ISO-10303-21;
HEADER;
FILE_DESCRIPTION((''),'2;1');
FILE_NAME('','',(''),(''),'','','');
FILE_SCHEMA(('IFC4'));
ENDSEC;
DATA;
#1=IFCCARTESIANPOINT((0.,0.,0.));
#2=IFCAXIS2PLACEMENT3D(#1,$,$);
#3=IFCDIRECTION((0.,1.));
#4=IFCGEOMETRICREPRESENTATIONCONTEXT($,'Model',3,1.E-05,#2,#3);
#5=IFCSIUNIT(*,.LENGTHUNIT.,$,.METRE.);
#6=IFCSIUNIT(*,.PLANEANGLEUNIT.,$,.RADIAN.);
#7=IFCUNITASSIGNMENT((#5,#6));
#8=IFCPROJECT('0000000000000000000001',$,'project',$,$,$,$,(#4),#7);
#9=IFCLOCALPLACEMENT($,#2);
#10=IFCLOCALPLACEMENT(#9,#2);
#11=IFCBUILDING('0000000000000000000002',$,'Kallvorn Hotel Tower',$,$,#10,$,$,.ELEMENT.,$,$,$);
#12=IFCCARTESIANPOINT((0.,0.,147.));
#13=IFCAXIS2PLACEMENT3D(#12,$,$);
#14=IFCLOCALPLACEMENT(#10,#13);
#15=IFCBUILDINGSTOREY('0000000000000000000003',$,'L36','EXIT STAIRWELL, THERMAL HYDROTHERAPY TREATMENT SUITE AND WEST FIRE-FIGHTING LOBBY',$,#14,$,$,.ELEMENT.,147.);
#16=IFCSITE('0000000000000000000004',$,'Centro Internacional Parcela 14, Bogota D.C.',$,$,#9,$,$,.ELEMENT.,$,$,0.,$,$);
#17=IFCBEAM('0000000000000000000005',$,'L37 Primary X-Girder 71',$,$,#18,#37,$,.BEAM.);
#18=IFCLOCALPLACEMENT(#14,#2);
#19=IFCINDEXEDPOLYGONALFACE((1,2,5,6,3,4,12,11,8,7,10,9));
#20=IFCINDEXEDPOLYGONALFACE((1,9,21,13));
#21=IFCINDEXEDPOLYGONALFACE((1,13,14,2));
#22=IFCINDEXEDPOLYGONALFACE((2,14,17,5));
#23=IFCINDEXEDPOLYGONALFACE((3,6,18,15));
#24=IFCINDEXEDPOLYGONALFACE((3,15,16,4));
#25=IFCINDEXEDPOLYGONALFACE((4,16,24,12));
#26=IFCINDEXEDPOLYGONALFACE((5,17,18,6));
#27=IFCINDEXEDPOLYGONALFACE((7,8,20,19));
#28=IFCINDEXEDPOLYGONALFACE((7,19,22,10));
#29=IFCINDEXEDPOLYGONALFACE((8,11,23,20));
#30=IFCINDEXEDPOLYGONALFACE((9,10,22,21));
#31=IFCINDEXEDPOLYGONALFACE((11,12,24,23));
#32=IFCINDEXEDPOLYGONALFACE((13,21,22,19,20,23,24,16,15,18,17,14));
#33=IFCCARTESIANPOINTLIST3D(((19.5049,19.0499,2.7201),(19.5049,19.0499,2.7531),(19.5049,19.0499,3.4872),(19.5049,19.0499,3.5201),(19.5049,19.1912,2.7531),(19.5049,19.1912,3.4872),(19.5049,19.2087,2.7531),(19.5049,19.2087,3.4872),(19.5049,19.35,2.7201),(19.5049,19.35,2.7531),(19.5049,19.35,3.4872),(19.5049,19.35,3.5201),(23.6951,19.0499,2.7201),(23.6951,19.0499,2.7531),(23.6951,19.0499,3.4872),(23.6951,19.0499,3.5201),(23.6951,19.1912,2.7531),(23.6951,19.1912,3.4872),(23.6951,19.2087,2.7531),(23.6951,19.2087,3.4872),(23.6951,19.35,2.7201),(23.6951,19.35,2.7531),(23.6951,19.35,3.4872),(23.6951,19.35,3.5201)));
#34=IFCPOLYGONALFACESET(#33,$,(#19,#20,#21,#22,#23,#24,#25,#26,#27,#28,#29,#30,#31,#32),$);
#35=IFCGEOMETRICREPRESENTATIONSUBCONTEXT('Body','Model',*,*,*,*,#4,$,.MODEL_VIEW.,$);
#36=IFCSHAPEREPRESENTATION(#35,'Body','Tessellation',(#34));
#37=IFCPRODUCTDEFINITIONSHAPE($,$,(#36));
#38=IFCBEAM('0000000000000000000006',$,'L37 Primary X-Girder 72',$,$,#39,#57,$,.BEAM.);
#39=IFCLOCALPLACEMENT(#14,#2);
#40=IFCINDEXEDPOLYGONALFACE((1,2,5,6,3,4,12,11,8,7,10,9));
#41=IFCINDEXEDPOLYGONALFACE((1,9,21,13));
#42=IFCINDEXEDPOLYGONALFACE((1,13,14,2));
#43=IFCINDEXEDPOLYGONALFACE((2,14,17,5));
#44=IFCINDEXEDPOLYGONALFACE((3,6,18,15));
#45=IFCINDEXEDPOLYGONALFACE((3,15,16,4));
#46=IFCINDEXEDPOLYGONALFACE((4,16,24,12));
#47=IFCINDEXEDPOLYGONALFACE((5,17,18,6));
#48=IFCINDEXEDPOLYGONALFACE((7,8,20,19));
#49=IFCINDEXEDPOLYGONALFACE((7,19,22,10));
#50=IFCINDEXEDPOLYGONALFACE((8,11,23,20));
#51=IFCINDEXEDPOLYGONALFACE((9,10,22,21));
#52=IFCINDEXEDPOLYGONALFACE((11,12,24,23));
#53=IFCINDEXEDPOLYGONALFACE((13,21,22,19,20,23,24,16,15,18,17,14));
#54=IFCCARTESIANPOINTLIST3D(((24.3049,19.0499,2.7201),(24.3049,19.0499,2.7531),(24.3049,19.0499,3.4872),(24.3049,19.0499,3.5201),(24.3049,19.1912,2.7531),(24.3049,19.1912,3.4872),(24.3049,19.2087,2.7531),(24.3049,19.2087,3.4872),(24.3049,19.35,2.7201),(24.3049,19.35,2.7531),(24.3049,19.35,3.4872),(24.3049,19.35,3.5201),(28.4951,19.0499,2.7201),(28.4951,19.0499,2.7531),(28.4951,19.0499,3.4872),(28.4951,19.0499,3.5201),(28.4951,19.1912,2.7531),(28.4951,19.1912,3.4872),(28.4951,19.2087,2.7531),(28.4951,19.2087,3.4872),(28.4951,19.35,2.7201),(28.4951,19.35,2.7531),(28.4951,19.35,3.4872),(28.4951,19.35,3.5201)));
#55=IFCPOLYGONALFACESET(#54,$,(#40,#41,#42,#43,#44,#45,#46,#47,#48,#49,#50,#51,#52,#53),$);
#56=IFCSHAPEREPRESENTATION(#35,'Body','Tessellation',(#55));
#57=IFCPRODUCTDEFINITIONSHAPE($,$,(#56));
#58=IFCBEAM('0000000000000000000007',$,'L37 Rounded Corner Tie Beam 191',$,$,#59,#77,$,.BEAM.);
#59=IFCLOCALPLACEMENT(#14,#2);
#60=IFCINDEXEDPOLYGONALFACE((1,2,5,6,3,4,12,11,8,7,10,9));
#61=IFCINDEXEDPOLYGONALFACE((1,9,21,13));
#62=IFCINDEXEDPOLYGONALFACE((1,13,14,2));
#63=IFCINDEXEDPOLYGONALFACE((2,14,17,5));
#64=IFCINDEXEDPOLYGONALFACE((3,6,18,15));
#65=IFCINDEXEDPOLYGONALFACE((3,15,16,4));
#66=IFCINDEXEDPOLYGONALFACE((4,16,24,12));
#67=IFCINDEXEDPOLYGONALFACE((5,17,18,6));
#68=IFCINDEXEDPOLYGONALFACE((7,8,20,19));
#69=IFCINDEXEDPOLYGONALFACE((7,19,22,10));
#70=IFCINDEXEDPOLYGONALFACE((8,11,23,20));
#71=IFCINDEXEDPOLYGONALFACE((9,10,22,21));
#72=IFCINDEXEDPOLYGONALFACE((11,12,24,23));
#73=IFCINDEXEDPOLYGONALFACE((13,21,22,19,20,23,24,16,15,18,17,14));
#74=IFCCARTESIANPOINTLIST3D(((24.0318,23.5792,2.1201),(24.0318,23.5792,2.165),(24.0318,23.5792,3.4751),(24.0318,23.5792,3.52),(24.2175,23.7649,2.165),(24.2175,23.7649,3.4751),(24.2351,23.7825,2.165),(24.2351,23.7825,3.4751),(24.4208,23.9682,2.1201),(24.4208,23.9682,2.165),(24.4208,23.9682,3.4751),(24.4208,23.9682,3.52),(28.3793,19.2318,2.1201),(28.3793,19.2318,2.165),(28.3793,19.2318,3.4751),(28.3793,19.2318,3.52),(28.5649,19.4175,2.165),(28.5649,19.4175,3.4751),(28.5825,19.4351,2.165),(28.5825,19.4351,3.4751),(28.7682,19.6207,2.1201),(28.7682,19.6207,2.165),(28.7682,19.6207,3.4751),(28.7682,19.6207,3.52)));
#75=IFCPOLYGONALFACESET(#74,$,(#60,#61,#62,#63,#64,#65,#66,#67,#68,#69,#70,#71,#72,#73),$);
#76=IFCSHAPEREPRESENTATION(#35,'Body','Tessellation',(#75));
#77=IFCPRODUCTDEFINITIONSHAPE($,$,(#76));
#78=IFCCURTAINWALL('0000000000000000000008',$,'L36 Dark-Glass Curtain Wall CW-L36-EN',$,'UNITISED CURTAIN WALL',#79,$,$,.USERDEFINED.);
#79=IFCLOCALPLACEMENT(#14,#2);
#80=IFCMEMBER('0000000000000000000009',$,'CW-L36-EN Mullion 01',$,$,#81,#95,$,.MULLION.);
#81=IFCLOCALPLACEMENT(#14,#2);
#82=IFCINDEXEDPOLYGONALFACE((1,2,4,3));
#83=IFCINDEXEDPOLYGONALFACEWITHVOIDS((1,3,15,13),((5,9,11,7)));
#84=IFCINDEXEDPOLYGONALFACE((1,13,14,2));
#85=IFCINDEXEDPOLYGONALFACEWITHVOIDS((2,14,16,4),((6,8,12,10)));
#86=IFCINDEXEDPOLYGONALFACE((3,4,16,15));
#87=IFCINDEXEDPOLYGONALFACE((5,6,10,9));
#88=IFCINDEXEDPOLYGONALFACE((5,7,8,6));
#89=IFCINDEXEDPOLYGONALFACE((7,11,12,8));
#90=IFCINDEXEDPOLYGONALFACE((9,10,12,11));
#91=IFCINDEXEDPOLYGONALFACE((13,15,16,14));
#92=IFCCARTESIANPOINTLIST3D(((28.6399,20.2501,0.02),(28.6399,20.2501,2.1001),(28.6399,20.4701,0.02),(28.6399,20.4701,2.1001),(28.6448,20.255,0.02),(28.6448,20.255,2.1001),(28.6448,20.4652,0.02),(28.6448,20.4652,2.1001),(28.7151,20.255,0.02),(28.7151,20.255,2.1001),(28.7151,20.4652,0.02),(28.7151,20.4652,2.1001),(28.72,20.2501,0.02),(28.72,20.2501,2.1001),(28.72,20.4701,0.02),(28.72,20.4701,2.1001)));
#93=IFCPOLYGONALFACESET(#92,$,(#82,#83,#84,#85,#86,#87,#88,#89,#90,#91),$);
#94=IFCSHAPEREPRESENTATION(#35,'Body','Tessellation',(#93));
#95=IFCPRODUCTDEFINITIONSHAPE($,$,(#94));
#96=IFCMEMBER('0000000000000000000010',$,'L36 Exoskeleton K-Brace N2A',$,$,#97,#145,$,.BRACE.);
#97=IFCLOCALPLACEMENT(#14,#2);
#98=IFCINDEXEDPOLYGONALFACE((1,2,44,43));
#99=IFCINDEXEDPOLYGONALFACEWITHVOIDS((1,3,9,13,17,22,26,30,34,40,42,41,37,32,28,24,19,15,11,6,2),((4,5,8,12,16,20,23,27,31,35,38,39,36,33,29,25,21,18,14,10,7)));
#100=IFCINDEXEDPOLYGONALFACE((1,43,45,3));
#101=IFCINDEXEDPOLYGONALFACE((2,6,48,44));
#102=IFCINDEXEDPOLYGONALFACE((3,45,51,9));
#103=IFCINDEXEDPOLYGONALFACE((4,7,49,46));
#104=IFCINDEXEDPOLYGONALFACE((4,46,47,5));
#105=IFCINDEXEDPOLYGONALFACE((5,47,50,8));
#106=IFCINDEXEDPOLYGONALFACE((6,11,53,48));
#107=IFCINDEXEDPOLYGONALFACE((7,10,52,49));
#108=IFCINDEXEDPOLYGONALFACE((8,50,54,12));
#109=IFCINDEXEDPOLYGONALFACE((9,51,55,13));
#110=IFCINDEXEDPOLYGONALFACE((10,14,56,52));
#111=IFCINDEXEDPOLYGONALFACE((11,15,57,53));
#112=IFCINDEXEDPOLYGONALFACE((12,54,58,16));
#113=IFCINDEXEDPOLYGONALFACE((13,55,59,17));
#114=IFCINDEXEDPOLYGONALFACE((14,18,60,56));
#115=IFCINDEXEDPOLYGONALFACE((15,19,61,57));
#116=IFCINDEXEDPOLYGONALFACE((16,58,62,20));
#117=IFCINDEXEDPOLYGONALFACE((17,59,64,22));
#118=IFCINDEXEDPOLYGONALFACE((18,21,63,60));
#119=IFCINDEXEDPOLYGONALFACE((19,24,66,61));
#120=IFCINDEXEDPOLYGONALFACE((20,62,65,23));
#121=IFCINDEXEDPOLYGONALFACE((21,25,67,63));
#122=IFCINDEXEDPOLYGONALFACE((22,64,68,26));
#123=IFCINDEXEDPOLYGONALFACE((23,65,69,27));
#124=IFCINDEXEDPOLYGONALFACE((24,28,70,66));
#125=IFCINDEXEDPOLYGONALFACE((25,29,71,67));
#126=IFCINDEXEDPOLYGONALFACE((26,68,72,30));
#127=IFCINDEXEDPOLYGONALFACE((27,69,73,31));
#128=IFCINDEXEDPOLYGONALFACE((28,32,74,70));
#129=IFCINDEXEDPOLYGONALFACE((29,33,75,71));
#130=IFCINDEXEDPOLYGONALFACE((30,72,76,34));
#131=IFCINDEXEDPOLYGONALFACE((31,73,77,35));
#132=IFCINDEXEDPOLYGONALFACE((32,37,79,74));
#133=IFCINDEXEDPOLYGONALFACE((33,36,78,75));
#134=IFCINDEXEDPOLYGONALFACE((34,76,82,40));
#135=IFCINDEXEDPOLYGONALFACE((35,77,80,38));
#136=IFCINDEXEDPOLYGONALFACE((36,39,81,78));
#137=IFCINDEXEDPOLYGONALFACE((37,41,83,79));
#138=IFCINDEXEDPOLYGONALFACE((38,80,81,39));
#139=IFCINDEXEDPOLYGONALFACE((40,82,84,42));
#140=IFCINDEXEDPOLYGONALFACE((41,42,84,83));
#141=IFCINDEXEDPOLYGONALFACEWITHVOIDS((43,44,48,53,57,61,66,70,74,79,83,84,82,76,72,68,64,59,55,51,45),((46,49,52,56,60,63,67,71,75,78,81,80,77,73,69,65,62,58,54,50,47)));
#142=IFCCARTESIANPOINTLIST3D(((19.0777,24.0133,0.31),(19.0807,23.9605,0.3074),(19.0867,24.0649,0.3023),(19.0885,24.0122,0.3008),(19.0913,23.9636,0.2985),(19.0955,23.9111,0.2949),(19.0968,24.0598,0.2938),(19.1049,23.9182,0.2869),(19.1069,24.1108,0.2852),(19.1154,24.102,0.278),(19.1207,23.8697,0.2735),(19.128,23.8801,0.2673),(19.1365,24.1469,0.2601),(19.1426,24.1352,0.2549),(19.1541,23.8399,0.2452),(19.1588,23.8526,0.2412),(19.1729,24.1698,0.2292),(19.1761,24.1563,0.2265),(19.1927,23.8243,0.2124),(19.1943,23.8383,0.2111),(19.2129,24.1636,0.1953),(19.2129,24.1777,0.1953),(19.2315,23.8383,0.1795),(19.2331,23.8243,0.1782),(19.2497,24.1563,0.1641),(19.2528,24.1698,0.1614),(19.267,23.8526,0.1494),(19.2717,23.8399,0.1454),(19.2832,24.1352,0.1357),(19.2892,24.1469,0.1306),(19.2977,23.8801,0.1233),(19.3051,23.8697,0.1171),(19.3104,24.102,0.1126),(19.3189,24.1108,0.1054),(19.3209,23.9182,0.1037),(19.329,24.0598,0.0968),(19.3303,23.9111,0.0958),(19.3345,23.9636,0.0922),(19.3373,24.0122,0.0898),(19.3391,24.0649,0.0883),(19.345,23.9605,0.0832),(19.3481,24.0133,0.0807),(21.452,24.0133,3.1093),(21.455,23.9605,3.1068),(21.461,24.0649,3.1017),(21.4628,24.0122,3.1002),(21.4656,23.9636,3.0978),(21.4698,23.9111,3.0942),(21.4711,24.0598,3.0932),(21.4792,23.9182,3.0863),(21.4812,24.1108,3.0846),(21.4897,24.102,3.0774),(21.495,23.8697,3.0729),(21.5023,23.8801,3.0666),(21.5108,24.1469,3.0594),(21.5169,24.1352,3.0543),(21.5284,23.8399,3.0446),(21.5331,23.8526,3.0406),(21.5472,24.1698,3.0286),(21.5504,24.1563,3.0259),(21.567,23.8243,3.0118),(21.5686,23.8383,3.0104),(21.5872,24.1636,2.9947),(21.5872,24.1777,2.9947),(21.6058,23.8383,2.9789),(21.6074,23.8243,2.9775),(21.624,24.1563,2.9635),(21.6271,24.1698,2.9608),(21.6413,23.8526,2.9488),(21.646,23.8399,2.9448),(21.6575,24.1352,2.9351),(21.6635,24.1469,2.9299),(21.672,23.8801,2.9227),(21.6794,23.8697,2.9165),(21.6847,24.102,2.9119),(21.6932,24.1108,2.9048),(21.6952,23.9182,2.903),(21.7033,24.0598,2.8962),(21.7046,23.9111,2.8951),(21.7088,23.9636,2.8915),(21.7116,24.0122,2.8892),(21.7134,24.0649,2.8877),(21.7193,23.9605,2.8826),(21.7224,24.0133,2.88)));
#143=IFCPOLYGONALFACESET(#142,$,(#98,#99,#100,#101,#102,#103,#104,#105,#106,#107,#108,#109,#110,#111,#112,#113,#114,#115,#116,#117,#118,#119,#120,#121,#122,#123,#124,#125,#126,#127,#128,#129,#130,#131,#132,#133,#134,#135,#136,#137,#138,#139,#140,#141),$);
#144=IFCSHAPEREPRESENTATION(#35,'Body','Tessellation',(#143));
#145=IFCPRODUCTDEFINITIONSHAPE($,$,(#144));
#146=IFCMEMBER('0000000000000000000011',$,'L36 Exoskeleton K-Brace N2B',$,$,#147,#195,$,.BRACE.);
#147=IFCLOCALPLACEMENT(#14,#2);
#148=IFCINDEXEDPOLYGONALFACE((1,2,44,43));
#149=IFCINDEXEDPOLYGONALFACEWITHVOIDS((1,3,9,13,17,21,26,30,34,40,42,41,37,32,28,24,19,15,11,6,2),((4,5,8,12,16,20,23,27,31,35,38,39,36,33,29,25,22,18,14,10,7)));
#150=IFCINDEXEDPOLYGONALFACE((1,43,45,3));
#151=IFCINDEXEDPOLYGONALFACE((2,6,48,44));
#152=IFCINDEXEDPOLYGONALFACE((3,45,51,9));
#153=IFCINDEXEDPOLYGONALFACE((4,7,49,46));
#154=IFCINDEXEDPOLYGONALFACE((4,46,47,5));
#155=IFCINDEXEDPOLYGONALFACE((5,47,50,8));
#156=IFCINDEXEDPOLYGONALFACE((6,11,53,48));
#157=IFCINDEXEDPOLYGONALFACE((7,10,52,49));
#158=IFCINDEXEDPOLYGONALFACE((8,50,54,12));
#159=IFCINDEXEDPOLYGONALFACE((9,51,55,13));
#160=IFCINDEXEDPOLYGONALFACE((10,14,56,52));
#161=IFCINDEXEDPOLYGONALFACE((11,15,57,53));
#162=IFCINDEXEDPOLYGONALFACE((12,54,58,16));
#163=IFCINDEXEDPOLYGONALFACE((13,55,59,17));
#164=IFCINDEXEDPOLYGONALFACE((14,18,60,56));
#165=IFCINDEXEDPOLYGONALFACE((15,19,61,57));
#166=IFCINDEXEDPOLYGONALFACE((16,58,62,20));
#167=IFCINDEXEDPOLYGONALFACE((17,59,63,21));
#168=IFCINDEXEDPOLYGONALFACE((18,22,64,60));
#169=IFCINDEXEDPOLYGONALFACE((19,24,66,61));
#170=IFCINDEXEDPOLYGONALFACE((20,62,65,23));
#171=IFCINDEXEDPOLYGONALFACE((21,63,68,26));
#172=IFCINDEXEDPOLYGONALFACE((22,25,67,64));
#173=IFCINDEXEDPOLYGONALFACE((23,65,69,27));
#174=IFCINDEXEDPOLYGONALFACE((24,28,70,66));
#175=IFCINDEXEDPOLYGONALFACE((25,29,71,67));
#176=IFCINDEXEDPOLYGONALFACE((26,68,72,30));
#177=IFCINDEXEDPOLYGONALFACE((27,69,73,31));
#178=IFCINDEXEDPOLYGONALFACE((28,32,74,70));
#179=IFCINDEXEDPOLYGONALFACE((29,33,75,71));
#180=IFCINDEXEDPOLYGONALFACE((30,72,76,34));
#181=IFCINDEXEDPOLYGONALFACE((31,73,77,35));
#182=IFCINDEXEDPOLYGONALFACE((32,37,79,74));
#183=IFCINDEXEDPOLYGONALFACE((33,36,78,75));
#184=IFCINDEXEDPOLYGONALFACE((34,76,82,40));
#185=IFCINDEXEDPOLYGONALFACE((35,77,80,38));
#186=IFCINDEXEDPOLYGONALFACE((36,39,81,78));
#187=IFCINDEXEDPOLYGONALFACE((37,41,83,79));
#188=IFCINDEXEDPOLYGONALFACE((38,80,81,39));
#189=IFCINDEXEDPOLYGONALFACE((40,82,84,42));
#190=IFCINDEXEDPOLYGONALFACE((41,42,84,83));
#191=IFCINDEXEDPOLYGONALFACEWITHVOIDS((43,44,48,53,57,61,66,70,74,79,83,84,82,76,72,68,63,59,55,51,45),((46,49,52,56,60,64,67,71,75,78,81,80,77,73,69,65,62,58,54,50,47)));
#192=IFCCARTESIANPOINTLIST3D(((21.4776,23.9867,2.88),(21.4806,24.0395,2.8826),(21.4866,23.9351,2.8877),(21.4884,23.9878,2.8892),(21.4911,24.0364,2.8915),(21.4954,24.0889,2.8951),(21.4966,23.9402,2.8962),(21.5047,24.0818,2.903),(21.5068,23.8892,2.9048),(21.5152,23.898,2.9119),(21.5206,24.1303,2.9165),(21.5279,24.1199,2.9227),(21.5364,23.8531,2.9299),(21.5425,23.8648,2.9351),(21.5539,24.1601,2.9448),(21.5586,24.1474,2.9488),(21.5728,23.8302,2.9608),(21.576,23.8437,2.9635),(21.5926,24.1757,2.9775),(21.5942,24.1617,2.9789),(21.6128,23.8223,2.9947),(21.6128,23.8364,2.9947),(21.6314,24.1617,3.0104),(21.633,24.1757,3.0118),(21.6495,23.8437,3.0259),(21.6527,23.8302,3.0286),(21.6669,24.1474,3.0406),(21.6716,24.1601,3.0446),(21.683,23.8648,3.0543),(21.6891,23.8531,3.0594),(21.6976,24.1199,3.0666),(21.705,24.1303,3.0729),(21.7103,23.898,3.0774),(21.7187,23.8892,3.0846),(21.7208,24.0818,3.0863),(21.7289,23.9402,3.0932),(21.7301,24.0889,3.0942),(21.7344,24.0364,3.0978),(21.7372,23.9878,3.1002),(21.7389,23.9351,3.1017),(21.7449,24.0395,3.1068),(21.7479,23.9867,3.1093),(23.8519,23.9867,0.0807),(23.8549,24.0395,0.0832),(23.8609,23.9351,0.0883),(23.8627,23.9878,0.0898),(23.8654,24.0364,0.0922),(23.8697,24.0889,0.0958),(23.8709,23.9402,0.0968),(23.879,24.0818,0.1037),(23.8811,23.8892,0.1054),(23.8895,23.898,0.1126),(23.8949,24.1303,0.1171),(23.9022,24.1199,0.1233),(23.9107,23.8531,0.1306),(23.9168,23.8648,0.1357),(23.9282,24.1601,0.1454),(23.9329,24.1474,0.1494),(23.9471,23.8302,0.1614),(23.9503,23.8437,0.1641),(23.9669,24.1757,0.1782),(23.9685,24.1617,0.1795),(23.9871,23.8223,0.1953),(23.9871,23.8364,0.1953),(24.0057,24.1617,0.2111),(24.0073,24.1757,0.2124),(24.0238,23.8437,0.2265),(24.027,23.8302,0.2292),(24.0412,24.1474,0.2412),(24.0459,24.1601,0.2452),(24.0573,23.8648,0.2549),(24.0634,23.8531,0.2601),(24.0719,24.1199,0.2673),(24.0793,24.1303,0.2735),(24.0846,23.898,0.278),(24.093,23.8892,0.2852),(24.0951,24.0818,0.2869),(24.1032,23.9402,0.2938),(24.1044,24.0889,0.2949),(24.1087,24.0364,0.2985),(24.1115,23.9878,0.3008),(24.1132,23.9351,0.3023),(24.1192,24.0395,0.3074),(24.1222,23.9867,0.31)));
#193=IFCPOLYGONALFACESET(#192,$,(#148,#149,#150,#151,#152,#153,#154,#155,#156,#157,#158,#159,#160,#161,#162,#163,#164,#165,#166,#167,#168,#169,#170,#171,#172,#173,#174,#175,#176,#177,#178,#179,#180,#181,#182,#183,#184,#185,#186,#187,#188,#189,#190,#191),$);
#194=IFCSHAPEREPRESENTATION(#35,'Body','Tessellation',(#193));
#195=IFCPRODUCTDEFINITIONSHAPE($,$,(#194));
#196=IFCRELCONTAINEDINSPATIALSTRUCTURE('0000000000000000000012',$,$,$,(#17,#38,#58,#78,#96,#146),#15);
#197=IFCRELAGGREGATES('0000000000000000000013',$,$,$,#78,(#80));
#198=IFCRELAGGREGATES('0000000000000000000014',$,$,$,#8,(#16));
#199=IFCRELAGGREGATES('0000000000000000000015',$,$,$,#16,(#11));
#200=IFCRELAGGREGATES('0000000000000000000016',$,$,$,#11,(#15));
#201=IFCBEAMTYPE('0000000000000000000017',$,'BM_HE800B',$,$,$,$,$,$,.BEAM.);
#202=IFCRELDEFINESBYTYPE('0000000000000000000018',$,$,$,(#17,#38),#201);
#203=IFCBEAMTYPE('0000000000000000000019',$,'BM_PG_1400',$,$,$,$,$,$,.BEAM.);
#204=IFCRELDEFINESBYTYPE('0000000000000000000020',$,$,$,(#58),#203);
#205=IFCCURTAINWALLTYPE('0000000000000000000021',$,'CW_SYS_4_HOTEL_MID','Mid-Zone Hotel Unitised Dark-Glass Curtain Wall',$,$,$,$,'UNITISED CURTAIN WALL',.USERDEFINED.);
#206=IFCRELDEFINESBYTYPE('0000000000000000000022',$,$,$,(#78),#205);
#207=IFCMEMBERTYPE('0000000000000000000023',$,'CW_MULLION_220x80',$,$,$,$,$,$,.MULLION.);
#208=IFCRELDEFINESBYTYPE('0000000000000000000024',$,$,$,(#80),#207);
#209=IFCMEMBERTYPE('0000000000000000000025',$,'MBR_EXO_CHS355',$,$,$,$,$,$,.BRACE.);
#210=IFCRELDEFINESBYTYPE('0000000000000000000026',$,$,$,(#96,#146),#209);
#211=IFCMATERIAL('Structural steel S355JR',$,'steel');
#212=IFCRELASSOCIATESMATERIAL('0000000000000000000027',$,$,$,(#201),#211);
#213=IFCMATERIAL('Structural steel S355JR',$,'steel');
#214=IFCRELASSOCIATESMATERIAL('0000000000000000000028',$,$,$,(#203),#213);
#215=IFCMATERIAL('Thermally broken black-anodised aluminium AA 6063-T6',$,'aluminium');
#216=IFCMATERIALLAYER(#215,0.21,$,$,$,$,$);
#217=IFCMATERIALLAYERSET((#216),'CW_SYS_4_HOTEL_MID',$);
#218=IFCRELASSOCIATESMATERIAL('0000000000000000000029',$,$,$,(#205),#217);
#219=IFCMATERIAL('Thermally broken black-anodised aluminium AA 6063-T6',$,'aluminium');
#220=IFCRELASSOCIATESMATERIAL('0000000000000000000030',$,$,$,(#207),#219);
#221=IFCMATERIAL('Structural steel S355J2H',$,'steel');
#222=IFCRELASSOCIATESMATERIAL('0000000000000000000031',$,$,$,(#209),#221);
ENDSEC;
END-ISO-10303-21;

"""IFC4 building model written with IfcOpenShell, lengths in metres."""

from ifc_helpers import new_model, si_unit, direction, frame, origin, origin_2d, place, context, subcontext, project, spatial, hollow_rectangle, hollow_circle, i_section, extrude, material, layer, layer_set, material_profile, profile_set, type_object, element, aggregate, save


model = new_model("IFC4")

# Units and contexts
model_context = context("Model", 3, precision=1e-05, world=origin(), true_north=direction((0.0, 1.0)))
body_context = subcontext(model_context, "Body", "Model", "MODEL_VIEW")
ifc_project = project(units=[si_unit("LENGTHUNIT", "METRE"), si_unit("PLANEANGLEUNIT", "RADIAN")], contexts=[model_context])

# Site, building, storey
site_placement = place(None, origin())
site = spatial("IfcSite", under=ifc_project, at=site_placement, Name="Centro Internacional Parcela 14, Bogota D.C.", CompositionType="ELEMENT", RefElevation=0.0)
building_placement = place(site_placement, origin())
building = spatial("IfcBuilding", under=site, at=building_placement, Name="Kallvorn Hotel Tower", CompositionType="ELEMENT")
storey_placement = place(building_placement, frame((0.0, 0.0, 147.0)))
storey = spatial("IfcBuildingStorey", under=building, at=storey_placement, Name="L36", Description="EXIT STAIRWELL, THERMAL HYDROTHERAPY TREATMENT SUITE AND WEST FIRE-FIGHTING LOBBY", CompositionType="ELEMENT", Elevation=147.0)

# Beams
ifc_material_1 = material(Name="Structural steel S355JR", Category="steel")
ifc_material_profile_1 = material_profile(ifc_material_1, i_section(OverallWidth=0.3, OverallDepth=0.8, WebThickness=0.0176, FlangeThickness=0.033, at=origin_2d()), Name="HE 800 B")
ifc_profile_set_1 = profile_set([ifc_material_profile_1], Name="Structural steel S355JR")
beam_type_1 = type_object("IfcBeamType", Name="BM_HE800B", PredefinedType="BEAM", material=ifc_profile_set_1)
for number, where, z_axis, x_axis, name in (
    (1, (19.5049, 19.2, 3.1201), (1.0, 0.0, 0.0), (0.0, 1.0, 0.0), "L37 Primary X-Girder 71"),
    (2, (24.3049, 19.2, 3.1201), (1.0, 0.0, 0.0), (0.0, 1.0, 0.0), "L37 Primary X-Girder 72"),
):
    element("IfcBeam", number, at=place(storey_placement, frame(where, z_axis=z_axis, x_axis=x_axis)), inside=storey, type_object=beam_type_1, Name=name, PredefinedType="BEAM", context=body_context, shape_type="SweptSolid", body=[
        extrude(i_section(OverallWidth=0.3, OverallDepth=0.8, WebThickness=0.0176, FlangeThickness=0.033, at=origin_2d()), origin(), (0.0, 0.0, 1.0), 4.1902),
    ])
ifc_material_2 = material(Name="Structural steel S355JR", Category="steel")
ifc_material_profile_2 = material_profile(ifc_material_2, i_section(OverallWidth=0.55, OverallDepth=1.3999, WebThickness=0.0249, FlangeThickness=0.0449, at=origin_2d()), Name="PG 1400x550x25x45")
ifc_profile_set_2 = profile_set([ifc_material_profile_2], Name="Structural steel S355JR")
beam_type_2 = type_object("IfcBeamType", Name="BM_PG_1400", PredefinedType="BEAM", material=ifc_profile_set_2)
beam_1_placement = place(storey_placement, frame((28.5737, 19.4263, 2.8201), z_axis=(-0.707107, 0.707107, 0.0), x_axis=(-0.707107, -0.707107, 0.0)))
element("IfcBeam", 3, at=beam_1_placement, inside=storey, type_object=beam_type_2, Name="L37 Rounded Corner Tie Beam 191", PredefinedType="BEAM", context=body_context, shape_type="SweptSolid", body=[
    extrude(i_section(OverallWidth=0.55, OverallDepth=1.3999, WebThickness=0.0249, FlangeThickness=0.0449, at=origin_2d()), origin(), (0.0, 0.0, 1.0), 6.1482),
])

# Curtain wall, member
ifc_material_3 = material(Name="Thermally broken black-anodised aluminium AA 6063-T6", Category="aluminium")
ifc_layer_1 = layer(ifc_material_3, 0.21)
ifc_layer_set_1 = layer_set([ifc_layer_1], Name="CW_SYS_4_HOTEL_MID")
curtain_wall_type = type_object("IfcCurtainWallType", Name="CW_SYS_4_HOTEL_MID", Description="Mid-Zone Hotel Unitised Dark-Glass Curtain Wall", ElementType="UNITISED CURTAIN WALL", PredefinedType="USERDEFINED", material=ifc_layer_set_1)
curtain_wall_placement = place(storey_placement, origin())
curtain_wall = element("IfcCurtainWall", 4, at=curtain_wall_placement, inside=storey, type_object=curtain_wall_type, Name="L36 Dark-Glass Curtain Wall CW-L36-EN", ObjectType="UNITISED CURTAIN WALL", PredefinedType="USERDEFINED")
ifc_material_4 = material(Name="Thermally broken black-anodised aluminium AA 6063-T6", Category="aluminium")
ifc_material_profile_3 = material_profile(ifc_material_4, hollow_rectangle(XDim=0.0801, YDim=0.22, WallThickness=0.0049, at=origin_2d()), Name="MUL 220x80")
ifc_profile_set_3 = profile_set([ifc_material_profile_3], Name="Thermally broken black-anodised aluminium AA 6063-T6")
member_type_1 = type_object("IfcMemberType", Name="CW_MULLION_220x80", PredefinedType="MULLION", material=ifc_profile_set_3)
member_placement = place(storey_placement, frame((28.6799, 20.3601, 0.02), z_axis=(0.0, 0.0, 1.0), x_axis=(1.0, 0.0, 0.0)))
member = element("IfcMember", 5, at=member_placement, type_object=member_type_1, Name="CW-L36-EN Mullion 01", PredefinedType="MULLION", context=body_context, shape_type="SweptSolid", body=[
    extrude(hollow_rectangle(XDim=0.0801, YDim=0.22, WallThickness=0.0049, at=origin_2d()), origin(), (0.0, 0.0, 1.0), 2.0801),
])
aggregate(curtain_wall, [member])

# Members
ifc_material_5 = material(Name="Structural steel S355J2H", Category="steel")
ifc_material_profile_4 = material_profile(ifc_material_5, hollow_circle(Radius=0.1777, WallThickness=0.0142, at=origin_2d()), Name="CHS 355.6x14.2")
ifc_profile_set_4 = profile_set([ifc_material_profile_4], Name="Structural steel S355J2H")
member_type_2 = type_object("IfcMemberType", Name="MBR_EXO_CHS355", PredefinedType="BRACE", material=ifc_profile_set_4)
for number, where, z_axis, x_axis, name in (
    (6, (19.2129, 24.0, 0.1953), (0.646833, 0.0, 0.762631), (0.0, 1.0, 0.0), "L36 Exoskeleton K-Brace N2A"),
    (7, (23.9871, 24.0, 0.1953), (-0.646833, 0.0, 0.762631), (0.0, -1.0, 0.0), "L36 Exoskeleton K-Brace N2B"),
):
    element("IfcMember", number, at=place(storey_placement, frame(where, z_axis=z_axis, x_axis=x_axis)), inside=storey, type_object=member_type_2, Name=name, PredefinedType="BRACE", context=body_context, shape_type="SweptSolid", body=[
        extrude(hollow_circle(Radius=0.1777, WallThickness=0.0142, at=origin_2d()), origin(), (0.0, 0.0, 1.0), 3.6707),
    ])

save(model, "model.ifc")
